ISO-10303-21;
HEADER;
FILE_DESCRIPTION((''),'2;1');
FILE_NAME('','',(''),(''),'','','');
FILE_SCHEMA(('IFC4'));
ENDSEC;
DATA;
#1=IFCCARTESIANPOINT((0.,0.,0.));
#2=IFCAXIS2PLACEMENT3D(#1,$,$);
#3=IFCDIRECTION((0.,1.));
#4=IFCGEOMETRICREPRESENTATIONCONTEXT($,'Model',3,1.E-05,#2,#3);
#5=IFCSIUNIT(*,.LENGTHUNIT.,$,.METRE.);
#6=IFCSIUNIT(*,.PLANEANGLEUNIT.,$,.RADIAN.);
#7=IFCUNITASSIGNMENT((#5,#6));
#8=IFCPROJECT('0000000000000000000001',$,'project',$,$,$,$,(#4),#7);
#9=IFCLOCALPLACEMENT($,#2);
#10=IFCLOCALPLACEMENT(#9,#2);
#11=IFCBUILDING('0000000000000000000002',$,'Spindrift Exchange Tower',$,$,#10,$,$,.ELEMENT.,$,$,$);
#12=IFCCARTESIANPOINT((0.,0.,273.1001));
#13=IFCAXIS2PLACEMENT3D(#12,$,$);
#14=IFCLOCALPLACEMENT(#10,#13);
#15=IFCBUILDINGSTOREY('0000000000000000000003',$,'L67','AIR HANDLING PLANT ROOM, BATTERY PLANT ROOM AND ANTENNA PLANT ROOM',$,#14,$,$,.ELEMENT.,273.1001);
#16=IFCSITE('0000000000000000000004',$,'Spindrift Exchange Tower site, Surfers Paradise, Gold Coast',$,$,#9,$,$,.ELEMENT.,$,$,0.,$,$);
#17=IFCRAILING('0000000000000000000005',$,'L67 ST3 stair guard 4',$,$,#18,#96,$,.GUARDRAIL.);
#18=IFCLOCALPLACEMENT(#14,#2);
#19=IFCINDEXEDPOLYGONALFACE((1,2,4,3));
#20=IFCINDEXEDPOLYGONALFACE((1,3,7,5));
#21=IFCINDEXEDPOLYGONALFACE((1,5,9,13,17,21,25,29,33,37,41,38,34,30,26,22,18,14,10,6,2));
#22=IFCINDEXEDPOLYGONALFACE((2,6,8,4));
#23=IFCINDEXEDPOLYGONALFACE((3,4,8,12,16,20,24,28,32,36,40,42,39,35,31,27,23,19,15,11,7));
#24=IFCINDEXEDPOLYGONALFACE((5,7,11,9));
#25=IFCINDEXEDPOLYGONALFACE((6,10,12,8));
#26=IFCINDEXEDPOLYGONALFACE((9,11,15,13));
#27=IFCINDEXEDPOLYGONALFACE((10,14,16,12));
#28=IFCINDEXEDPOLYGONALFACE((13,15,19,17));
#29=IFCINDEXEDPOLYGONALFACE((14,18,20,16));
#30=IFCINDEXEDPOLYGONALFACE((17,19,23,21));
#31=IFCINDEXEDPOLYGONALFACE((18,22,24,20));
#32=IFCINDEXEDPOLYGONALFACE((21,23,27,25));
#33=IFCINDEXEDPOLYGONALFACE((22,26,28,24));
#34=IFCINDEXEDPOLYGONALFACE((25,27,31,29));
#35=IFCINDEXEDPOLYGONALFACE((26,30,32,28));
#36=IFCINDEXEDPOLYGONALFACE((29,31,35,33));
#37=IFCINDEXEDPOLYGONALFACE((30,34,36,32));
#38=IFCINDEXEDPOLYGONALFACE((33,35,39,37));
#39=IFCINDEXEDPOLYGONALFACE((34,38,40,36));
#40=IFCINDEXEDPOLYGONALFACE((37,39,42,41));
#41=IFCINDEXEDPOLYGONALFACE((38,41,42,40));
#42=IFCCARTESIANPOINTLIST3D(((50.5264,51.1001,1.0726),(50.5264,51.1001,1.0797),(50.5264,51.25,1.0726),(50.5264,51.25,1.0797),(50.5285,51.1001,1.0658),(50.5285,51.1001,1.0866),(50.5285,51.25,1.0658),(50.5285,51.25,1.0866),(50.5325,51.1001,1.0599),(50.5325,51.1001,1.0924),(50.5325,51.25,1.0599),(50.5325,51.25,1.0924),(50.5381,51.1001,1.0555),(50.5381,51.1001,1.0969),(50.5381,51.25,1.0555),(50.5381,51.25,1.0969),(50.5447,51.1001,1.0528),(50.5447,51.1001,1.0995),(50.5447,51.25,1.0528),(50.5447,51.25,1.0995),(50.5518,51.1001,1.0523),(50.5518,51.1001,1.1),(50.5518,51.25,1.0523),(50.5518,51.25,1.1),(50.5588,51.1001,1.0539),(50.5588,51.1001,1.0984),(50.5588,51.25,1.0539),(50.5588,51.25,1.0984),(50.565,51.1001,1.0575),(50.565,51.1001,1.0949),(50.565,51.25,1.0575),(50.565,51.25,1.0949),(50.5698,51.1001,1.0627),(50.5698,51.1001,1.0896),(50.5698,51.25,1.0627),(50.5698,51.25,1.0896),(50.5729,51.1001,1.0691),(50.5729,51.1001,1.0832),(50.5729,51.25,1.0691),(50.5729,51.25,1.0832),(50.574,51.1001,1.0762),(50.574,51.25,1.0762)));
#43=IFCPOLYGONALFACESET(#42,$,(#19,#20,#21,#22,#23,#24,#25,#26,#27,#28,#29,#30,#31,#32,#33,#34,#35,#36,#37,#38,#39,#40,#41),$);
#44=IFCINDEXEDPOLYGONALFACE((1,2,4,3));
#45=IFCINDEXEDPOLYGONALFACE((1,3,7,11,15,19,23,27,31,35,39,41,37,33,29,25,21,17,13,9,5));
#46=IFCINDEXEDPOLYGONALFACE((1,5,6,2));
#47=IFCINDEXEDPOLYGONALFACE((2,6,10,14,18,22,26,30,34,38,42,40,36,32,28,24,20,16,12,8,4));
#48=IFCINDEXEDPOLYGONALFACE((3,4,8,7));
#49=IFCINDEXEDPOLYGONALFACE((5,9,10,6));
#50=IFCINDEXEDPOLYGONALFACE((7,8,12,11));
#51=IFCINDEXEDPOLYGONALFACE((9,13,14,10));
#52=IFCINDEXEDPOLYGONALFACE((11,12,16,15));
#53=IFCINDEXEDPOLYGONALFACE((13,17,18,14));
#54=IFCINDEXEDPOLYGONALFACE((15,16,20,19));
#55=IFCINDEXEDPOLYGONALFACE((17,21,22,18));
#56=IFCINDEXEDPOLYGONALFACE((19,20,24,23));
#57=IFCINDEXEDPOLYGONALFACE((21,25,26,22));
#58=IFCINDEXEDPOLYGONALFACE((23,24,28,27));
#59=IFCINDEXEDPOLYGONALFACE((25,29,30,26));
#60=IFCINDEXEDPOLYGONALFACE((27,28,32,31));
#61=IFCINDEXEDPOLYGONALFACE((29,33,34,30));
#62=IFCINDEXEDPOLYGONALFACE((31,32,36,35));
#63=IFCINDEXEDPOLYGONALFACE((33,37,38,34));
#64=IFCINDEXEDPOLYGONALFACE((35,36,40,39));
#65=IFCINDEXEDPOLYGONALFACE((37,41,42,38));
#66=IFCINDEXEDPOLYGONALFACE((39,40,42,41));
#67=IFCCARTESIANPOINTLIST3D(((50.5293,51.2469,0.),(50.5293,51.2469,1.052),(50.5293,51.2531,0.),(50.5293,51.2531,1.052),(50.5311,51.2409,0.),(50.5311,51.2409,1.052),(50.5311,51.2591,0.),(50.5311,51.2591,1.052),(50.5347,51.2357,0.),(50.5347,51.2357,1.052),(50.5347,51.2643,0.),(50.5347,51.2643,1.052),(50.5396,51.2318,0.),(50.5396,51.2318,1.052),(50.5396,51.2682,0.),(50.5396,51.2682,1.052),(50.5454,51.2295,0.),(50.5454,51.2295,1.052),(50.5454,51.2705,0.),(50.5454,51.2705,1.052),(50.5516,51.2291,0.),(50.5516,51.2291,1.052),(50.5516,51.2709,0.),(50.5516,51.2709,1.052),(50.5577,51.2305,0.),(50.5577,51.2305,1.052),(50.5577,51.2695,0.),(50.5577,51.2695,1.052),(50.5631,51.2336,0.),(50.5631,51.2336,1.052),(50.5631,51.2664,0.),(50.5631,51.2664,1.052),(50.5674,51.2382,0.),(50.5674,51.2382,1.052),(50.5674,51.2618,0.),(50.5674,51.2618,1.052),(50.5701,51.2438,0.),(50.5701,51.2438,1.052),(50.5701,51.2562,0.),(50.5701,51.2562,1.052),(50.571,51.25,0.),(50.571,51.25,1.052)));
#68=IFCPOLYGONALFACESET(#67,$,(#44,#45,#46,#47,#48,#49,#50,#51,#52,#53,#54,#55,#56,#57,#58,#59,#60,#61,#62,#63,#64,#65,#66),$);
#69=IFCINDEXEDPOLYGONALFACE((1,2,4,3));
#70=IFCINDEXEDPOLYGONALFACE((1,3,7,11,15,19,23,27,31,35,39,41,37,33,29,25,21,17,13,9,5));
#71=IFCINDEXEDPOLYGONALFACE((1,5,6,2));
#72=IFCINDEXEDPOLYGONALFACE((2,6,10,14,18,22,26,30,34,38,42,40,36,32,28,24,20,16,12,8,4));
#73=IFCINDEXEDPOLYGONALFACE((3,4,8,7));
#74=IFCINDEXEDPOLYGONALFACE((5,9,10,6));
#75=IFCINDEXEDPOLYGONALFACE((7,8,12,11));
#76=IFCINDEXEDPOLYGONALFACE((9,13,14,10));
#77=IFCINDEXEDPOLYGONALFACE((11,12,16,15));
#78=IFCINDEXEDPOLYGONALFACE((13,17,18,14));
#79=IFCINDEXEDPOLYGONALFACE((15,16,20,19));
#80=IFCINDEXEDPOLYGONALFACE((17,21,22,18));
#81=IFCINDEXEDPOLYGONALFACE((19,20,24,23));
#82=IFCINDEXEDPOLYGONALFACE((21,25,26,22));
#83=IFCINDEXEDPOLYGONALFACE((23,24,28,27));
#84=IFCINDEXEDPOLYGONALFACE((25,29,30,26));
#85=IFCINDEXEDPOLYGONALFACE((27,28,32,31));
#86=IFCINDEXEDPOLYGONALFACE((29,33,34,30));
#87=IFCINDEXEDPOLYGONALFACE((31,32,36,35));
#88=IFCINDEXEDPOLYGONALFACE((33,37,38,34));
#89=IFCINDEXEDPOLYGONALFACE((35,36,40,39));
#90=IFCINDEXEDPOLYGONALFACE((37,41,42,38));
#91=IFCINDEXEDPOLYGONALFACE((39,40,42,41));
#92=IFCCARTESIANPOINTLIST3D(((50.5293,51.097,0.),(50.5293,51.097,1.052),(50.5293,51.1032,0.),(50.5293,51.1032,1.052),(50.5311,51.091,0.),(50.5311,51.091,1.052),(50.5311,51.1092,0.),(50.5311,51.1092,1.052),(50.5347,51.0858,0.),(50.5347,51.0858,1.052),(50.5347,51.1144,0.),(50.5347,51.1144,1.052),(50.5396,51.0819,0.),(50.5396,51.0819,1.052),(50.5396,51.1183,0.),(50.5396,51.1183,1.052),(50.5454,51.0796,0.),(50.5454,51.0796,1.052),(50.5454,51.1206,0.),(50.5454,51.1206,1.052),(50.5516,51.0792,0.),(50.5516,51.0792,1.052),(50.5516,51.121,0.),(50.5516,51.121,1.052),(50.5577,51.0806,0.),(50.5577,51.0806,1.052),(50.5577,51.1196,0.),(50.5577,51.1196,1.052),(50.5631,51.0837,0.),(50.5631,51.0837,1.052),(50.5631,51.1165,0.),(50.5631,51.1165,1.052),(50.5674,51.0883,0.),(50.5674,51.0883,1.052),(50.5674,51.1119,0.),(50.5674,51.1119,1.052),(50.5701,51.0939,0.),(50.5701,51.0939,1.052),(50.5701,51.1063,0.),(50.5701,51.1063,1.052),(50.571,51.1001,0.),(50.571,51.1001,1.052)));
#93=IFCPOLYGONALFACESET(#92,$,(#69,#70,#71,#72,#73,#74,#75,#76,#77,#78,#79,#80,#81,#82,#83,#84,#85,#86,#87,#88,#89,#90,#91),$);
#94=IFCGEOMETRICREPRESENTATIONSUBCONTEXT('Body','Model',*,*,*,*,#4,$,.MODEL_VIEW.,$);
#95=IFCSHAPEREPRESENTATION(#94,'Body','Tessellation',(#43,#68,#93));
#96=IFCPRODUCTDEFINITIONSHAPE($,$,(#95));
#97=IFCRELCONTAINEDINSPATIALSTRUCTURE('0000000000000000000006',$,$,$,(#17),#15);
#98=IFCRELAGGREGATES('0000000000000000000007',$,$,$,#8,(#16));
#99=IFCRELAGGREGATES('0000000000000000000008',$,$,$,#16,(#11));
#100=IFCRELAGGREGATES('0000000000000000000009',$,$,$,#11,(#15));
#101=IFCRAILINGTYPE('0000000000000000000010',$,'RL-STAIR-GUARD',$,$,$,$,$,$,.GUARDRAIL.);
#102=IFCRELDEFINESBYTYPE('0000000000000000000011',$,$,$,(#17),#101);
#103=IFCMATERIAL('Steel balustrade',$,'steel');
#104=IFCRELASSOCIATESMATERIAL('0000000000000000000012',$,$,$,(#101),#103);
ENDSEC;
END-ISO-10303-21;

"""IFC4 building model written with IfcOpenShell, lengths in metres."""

from ifc_helpers import new_model, si_unit, direction, frame, origin, origin_2d, place, context, subcontext, project, spatial, circle, extrude, material, type_object, element, save


model = new_model("IFC4")

# Units and contexts
model_context = context("Model", 3, precision=1e-05, world=origin(), true_north=direction((0.0, 1.0)))
body_context = subcontext(model_context, "Body", "Model", "MODEL_VIEW")
ifc_project = project(units=[si_unit("LENGTHUNIT", "METRE"), si_unit("PLANEANGLEUNIT", "RADIAN")], contexts=[model_context])

# Site, building, storey
site_placement = place(None, origin())
site = spatial("IfcSite", under=ifc_project, at=site_placement, Name="Spindrift Exchange Tower site, Surfers Paradise, Gold Coast", CompositionType="ELEMENT", RefElevation=0.0)
building_placement = place(site_placement, origin())
building = spatial("IfcBuilding", under=site, at=building_placement, Name="Spindrift Exchange Tower", CompositionType="ELEMENT")
storey_placement = place(building_placement, frame((0.0, 0.0, 273.1001)))
storey = spatial("IfcBuildingStorey", under=building, at=storey_placement, Name="L67", Description="AIR HANDLING PLANT ROOM, BATTERY PLANT ROOM AND ANTENNA PLANT ROOM", CompositionType="ELEMENT", Elevation=273.1001)

# Railing
ifc_material_1 = material(Name="Steel balustrade", Category="steel")
railing_type_1 = type_object("IfcRailingType", Name="RL-STAIR-GUARD", PredefinedType="GUARDRAIL", material=ifc_material_1)
railing_1_placement = place(storey_placement, frame((50.55, 51.25, 0.0)))
element("IfcRailing", 1, at=railing_1_placement, inside=storey, type_object=railing_type_1, Name="L67 ST3 stair guard 4", PredefinedType="GUARDRAIL", context=body_context, shape_type="SweptSolid", body=[
    extrude(circle(Radius=0.0239, at=origin_2d()), frame((0.0, 0.0, 1.0762), z_axis=(0.0, -1.0, 0.0), x_axis=(1.0, 0.0, 0.0)), (0.0, 0.0, 1.0), 0.1499),
    extrude(circle(Radius=0.021, at=origin_2d()), origin(), (0.0, 0.0, 1.0), 1.052),
    extrude(circle(Radius=0.021, at=origin_2d()), frame((0.0, -0.1499, 0.0)), (0.0, 0.0, 1.0), 1.052),
])

save(model, "model.ifc")
